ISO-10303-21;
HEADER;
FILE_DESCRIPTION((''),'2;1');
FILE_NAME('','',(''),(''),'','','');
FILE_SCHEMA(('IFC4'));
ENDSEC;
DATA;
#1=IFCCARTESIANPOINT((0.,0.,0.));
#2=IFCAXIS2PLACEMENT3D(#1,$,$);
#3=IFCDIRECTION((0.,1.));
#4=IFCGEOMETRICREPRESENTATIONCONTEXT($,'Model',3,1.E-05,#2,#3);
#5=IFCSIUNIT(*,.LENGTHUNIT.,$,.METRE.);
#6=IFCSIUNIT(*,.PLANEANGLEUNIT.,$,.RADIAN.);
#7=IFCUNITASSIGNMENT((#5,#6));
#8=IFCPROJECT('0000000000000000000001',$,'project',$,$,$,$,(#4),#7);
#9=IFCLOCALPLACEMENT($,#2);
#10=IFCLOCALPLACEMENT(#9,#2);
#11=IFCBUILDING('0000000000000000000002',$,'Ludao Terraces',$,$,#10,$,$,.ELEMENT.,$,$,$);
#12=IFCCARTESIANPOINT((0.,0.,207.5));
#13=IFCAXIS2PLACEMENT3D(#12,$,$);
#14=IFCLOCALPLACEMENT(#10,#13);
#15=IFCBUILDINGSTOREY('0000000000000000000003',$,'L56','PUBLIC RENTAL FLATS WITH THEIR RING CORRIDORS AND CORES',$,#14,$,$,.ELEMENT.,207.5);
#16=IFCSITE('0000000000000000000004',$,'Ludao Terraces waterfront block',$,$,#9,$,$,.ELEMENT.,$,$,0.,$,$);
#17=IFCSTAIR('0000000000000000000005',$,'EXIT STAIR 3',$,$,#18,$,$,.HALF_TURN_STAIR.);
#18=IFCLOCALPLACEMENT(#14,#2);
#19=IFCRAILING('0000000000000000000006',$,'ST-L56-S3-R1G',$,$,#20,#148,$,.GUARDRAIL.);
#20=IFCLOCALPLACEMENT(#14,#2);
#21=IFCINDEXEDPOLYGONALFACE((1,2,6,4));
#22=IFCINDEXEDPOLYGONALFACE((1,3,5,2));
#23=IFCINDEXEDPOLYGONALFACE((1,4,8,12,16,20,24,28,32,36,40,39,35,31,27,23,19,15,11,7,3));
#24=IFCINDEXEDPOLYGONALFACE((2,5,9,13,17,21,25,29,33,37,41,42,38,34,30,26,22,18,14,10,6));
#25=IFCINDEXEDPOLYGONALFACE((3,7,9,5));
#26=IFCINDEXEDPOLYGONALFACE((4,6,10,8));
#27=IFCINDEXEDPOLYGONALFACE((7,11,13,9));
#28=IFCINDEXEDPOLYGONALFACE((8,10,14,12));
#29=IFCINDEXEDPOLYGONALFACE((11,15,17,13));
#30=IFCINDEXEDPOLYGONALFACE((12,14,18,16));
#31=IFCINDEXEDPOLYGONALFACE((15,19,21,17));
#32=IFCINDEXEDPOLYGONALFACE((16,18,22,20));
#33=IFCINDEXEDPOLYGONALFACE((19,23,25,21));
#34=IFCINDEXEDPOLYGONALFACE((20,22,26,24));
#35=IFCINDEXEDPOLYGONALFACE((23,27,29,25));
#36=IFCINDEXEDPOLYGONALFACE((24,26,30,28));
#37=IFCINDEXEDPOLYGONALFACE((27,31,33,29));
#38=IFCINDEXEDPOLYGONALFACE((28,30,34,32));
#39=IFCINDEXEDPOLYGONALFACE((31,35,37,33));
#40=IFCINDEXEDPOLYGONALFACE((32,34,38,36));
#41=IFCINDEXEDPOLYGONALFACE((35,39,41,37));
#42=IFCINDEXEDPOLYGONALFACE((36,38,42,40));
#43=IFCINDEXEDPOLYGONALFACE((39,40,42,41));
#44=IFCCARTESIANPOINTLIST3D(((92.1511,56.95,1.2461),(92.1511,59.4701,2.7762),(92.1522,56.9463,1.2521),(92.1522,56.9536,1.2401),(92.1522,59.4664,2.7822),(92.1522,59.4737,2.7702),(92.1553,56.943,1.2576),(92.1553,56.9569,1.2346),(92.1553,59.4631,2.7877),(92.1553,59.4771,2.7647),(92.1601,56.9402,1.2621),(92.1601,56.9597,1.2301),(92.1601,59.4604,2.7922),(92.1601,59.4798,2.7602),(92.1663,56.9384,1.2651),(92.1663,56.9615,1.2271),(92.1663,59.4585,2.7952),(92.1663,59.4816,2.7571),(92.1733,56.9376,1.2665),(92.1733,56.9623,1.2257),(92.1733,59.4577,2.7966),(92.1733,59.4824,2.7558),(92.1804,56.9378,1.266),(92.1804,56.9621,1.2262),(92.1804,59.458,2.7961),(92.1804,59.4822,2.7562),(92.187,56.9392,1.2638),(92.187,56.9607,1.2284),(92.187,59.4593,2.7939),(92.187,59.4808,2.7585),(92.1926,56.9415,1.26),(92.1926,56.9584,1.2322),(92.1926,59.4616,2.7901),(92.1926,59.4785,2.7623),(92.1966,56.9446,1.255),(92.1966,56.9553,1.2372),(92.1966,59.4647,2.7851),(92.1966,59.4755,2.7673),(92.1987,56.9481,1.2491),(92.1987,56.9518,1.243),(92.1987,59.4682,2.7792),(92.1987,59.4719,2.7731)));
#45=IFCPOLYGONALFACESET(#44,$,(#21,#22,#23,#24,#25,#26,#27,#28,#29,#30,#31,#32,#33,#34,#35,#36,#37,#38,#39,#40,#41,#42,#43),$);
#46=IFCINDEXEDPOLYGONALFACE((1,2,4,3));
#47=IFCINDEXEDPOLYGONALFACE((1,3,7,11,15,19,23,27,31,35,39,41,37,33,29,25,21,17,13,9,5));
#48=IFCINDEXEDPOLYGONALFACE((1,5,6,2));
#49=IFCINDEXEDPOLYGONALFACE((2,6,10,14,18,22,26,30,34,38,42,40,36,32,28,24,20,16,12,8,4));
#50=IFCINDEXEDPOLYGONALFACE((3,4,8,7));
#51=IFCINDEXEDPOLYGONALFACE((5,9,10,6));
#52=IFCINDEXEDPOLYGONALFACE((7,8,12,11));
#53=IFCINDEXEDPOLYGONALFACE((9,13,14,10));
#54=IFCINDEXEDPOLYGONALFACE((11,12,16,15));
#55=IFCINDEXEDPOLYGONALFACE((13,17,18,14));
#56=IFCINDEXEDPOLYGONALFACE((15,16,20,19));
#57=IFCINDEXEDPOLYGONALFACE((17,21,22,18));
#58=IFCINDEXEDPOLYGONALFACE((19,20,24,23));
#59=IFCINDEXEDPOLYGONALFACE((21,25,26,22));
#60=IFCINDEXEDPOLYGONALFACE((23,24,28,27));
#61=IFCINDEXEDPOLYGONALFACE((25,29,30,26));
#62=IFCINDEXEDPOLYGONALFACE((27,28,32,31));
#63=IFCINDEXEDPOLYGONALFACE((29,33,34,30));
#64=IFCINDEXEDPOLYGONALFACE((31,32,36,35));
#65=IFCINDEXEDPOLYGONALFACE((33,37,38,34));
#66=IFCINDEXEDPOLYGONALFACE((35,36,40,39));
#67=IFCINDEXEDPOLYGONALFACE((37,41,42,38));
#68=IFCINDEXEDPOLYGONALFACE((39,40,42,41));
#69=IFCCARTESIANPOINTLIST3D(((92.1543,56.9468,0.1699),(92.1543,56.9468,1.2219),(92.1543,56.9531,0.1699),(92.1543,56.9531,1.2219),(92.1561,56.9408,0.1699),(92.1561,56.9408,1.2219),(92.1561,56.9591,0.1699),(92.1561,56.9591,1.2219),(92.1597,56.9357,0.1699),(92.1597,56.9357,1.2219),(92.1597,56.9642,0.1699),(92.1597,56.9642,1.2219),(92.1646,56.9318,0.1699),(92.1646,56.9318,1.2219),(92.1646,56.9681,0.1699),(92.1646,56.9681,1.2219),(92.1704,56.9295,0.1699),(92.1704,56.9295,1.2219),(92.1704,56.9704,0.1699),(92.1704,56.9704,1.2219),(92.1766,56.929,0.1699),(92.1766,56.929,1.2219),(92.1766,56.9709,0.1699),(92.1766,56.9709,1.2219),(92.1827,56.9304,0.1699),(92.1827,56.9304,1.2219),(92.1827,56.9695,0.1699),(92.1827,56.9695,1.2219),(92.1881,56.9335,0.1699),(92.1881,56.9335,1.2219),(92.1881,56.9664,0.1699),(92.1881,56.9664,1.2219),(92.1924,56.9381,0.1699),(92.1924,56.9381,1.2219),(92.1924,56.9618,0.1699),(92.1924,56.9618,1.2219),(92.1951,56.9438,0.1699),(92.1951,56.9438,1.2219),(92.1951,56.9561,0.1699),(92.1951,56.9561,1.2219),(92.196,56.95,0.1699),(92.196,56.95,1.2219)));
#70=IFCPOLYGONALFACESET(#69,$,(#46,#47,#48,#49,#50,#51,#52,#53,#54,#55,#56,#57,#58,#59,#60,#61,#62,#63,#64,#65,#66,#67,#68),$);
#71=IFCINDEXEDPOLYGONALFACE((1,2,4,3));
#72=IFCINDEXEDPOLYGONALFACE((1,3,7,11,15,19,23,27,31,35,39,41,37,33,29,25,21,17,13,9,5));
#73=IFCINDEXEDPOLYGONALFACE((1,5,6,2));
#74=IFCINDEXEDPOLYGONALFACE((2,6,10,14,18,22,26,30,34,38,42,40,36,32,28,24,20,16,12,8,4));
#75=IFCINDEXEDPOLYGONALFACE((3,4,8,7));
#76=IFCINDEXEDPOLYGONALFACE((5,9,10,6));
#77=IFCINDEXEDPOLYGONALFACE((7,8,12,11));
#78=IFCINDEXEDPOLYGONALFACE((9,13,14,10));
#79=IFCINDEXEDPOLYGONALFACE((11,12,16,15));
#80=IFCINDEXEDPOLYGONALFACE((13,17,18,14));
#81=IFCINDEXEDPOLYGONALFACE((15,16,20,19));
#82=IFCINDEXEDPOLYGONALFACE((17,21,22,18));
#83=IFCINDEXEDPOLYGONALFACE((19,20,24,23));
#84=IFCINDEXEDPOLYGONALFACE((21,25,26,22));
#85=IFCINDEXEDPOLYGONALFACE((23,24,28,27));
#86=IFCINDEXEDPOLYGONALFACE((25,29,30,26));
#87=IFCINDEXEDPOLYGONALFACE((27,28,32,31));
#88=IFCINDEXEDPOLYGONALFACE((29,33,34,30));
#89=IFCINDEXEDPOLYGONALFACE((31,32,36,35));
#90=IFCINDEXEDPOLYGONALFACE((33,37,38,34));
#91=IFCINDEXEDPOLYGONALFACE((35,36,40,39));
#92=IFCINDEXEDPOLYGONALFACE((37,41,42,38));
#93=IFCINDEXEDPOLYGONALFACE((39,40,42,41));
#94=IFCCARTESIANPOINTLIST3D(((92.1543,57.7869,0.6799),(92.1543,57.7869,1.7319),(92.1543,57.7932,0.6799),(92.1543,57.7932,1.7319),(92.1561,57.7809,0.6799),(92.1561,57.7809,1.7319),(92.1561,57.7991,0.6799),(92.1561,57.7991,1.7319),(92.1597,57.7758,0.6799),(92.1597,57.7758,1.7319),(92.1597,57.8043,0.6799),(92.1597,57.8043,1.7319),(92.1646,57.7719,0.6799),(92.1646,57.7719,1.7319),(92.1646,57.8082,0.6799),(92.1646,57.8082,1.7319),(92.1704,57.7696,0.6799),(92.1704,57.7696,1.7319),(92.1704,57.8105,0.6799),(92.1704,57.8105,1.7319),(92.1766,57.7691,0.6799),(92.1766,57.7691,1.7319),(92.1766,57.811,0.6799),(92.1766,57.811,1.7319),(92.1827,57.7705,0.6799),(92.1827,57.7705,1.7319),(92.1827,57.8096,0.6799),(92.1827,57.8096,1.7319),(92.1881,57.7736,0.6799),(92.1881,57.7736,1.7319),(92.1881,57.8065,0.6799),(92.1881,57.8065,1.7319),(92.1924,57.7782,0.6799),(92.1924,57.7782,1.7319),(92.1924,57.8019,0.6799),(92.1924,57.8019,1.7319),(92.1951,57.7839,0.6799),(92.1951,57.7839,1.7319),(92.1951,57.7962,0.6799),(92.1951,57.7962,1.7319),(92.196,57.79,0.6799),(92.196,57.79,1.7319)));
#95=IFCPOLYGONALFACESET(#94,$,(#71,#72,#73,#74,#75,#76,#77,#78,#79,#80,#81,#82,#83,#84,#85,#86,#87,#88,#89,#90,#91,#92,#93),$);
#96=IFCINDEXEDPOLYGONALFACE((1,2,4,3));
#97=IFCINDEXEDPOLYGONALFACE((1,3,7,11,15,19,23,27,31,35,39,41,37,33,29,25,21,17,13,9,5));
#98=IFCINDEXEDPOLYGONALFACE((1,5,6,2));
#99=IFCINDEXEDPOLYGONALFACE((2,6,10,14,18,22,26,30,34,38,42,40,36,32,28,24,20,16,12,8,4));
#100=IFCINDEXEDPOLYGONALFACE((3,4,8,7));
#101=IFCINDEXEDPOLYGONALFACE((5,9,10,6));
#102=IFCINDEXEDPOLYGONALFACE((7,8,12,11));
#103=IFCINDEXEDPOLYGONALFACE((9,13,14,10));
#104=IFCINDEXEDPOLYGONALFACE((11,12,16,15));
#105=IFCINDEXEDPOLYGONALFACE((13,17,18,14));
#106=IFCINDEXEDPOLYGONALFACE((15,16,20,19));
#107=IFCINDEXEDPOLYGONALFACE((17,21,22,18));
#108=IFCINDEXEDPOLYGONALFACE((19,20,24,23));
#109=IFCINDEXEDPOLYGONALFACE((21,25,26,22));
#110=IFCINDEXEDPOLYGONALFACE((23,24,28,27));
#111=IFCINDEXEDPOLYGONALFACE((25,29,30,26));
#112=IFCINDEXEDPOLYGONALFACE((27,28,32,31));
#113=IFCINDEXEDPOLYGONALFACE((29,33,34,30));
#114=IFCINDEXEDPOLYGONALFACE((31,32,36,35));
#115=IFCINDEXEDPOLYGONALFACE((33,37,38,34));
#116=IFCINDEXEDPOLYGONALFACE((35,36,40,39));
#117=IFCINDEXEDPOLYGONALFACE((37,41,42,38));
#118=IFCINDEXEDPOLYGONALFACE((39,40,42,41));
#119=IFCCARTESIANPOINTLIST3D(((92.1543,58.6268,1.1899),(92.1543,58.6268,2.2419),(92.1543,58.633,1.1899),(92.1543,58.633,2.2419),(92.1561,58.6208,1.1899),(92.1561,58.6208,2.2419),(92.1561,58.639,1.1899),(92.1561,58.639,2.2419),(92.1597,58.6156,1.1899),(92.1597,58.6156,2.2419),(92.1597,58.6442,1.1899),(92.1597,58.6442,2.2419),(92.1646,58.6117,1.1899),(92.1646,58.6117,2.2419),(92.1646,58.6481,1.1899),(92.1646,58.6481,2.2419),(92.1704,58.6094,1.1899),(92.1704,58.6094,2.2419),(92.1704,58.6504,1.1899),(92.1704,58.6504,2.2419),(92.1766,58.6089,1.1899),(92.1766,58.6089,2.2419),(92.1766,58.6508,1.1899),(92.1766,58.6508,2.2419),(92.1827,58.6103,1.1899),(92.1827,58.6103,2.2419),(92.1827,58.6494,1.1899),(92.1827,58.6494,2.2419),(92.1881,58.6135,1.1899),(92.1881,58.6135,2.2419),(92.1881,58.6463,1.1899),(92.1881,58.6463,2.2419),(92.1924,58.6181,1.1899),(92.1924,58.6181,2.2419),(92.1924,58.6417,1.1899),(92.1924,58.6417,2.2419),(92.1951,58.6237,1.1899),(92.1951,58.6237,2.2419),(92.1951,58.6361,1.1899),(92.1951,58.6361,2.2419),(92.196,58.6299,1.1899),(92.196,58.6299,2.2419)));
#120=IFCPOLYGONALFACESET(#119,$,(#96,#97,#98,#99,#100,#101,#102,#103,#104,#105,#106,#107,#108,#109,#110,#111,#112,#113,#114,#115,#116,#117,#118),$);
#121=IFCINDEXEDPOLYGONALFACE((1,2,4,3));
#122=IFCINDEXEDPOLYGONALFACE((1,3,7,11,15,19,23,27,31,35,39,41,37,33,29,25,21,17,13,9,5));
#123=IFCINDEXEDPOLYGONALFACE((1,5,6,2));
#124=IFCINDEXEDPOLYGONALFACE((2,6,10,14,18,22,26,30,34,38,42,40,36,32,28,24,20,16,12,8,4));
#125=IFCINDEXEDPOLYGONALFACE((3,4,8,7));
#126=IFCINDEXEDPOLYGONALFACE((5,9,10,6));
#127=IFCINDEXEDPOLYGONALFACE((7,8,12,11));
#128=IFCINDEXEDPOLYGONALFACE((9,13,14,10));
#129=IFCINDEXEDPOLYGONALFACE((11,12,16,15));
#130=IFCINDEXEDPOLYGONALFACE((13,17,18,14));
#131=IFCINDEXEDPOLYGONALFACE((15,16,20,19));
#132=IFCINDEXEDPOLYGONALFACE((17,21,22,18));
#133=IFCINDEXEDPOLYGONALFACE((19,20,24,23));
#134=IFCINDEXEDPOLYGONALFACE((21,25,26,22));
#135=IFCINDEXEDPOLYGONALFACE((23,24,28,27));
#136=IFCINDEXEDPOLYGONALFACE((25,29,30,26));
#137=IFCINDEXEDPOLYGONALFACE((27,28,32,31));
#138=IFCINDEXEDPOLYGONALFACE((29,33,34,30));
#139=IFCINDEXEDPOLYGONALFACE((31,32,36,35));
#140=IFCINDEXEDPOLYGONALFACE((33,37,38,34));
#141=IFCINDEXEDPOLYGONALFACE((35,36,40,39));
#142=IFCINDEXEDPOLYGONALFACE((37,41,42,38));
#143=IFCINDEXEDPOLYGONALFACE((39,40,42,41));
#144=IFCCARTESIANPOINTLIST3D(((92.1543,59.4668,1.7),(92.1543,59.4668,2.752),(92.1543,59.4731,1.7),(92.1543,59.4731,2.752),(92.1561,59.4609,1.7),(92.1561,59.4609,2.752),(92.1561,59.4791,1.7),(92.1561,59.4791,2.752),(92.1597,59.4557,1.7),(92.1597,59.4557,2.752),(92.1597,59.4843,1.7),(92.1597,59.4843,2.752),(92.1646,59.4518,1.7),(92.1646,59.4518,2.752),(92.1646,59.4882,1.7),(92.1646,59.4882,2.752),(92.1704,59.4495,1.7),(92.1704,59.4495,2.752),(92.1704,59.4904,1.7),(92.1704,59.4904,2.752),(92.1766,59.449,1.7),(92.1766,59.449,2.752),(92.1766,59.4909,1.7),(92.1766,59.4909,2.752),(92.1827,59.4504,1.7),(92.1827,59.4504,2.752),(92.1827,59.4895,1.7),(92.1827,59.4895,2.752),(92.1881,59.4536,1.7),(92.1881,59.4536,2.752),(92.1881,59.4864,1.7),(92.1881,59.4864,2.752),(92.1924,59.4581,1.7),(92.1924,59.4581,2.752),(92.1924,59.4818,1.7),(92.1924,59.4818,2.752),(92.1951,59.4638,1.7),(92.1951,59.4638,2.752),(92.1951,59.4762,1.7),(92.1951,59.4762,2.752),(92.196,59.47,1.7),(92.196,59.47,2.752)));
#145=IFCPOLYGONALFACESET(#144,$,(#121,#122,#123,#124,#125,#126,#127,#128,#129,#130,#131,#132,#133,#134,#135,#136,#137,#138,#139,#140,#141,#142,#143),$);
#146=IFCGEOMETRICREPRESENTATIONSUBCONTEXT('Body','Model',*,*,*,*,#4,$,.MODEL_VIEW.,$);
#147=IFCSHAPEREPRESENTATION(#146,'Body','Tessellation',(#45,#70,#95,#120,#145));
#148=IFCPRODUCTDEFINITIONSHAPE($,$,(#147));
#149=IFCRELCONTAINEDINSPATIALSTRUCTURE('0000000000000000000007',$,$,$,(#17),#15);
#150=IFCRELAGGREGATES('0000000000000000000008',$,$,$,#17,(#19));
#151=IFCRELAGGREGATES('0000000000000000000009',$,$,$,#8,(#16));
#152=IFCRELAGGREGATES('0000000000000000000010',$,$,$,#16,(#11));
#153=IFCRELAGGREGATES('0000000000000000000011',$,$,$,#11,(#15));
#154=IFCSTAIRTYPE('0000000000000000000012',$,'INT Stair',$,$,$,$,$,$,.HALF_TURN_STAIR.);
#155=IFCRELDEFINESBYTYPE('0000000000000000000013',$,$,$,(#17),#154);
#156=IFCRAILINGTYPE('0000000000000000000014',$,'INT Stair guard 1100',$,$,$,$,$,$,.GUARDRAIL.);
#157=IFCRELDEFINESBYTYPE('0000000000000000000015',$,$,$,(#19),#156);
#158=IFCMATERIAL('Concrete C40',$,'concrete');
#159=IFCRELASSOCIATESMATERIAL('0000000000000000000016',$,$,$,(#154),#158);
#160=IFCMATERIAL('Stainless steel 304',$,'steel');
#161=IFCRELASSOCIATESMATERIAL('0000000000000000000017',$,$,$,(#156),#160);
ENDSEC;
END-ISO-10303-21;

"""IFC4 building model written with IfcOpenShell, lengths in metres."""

from ifc_helpers import new_model, si_unit, direction, frame, origin, origin_2d, place, context, subcontext, project, spatial, circle, extrude, material, type_object, element, aggregate, save


model = new_model("IFC4")

# Units and contexts
model_context = context("Model", 3, precision=1e-05, world=origin(), true_north=direction((0.0, 1.0)))
body_context = subcontext(model_context, "Body", "Model", "MODEL_VIEW")
ifc_project = project(units=[si_unit("LENGTHUNIT", "METRE"), si_unit("PLANEANGLEUNIT", "RADIAN")], contexts=[model_context])

# Site, building, storey
site_placement = place(None, origin())
site = spatial("IfcSite", under=ifc_project, at=site_placement, Name="Ludao Terraces waterfront block", CompositionType="ELEMENT", RefElevation=0.0)
building_placement = place(site_placement, origin())
building = spatial("IfcBuilding", under=site, at=building_placement, Name="Ludao Terraces", CompositionType="ELEMENT")
storey_placement = place(building_placement, frame((0.0, 0.0, 207.5)))
storey = spatial("IfcBuildingStorey", under=building, at=storey_placement, Name="L56", Description="PUBLIC RENTAL FLATS WITH THEIR RING CORRIDORS AND CORES", CompositionType="ELEMENT", Elevation=207.5)

# Shared definitions
ifc_material_1 = material(Name="Concrete C40", Category="concrete")

# Stair, railing
stair_type = type_object("IfcStairType", Name="INT Stair", PredefinedType="HALF_TURN_STAIR", material=ifc_material_1)
stair_placement = place(storey_placement, origin())
stair = element("IfcStair", 1, at=stair_placement, inside=storey, type_object=stair_type, Name="EXIT STAIR 3", PredefinedType="HALF_TURN_STAIR")
ifc_material_2 = material(Name="Stainless steel 304", Category="steel")
railing_type_1 = type_object("IfcRailingType", Name="INT Stair guard 1100", PredefinedType="GUARDRAIL", material=ifc_material_2)
railing_1_placement = place(storey_placement, frame((92.175, 56.95, 0.1699)))
railing_1 = element("IfcRailing", 2, at=railing_1_placement, type_object=railing_type_1, Name="ST-L56-S3-R1G", PredefinedType="GUARDRAIL", context=body_context, shape_type="SweptSolid", body=[
    extrude(circle(Radius=0.0239, at=origin_2d()), frame((0.0, 0.0, 1.0762), z_axis=(0.0, 0.854785, 0.518982), x_axis=(-1.0, 0.0, 0.0)), (0.0, 0.0, 1.0), 2.9482),
    extrude(circle(Radius=0.021, at=origin_2d()), origin(), (0.0, 0.0, 1.0), 1.052),
    extrude(circle(Radius=0.021, at=origin_2d()), frame((0.0, 0.8401, 0.51)), (0.0, 0.0, 1.0), 1.052),
    extrude(circle(Radius=0.021, at=origin_2d()), frame((0.0, 1.6799, 1.02)), (0.0, 0.0, 1.0), 1.052),
    extrude(circle(Radius=0.021, at=origin_2d()), frame((0.0, 2.52, 1.53)), (0.0, 0.0, 1.0), 1.052),
])
aggregate(stair, [railing_1])

save(model, "model.ifc")
